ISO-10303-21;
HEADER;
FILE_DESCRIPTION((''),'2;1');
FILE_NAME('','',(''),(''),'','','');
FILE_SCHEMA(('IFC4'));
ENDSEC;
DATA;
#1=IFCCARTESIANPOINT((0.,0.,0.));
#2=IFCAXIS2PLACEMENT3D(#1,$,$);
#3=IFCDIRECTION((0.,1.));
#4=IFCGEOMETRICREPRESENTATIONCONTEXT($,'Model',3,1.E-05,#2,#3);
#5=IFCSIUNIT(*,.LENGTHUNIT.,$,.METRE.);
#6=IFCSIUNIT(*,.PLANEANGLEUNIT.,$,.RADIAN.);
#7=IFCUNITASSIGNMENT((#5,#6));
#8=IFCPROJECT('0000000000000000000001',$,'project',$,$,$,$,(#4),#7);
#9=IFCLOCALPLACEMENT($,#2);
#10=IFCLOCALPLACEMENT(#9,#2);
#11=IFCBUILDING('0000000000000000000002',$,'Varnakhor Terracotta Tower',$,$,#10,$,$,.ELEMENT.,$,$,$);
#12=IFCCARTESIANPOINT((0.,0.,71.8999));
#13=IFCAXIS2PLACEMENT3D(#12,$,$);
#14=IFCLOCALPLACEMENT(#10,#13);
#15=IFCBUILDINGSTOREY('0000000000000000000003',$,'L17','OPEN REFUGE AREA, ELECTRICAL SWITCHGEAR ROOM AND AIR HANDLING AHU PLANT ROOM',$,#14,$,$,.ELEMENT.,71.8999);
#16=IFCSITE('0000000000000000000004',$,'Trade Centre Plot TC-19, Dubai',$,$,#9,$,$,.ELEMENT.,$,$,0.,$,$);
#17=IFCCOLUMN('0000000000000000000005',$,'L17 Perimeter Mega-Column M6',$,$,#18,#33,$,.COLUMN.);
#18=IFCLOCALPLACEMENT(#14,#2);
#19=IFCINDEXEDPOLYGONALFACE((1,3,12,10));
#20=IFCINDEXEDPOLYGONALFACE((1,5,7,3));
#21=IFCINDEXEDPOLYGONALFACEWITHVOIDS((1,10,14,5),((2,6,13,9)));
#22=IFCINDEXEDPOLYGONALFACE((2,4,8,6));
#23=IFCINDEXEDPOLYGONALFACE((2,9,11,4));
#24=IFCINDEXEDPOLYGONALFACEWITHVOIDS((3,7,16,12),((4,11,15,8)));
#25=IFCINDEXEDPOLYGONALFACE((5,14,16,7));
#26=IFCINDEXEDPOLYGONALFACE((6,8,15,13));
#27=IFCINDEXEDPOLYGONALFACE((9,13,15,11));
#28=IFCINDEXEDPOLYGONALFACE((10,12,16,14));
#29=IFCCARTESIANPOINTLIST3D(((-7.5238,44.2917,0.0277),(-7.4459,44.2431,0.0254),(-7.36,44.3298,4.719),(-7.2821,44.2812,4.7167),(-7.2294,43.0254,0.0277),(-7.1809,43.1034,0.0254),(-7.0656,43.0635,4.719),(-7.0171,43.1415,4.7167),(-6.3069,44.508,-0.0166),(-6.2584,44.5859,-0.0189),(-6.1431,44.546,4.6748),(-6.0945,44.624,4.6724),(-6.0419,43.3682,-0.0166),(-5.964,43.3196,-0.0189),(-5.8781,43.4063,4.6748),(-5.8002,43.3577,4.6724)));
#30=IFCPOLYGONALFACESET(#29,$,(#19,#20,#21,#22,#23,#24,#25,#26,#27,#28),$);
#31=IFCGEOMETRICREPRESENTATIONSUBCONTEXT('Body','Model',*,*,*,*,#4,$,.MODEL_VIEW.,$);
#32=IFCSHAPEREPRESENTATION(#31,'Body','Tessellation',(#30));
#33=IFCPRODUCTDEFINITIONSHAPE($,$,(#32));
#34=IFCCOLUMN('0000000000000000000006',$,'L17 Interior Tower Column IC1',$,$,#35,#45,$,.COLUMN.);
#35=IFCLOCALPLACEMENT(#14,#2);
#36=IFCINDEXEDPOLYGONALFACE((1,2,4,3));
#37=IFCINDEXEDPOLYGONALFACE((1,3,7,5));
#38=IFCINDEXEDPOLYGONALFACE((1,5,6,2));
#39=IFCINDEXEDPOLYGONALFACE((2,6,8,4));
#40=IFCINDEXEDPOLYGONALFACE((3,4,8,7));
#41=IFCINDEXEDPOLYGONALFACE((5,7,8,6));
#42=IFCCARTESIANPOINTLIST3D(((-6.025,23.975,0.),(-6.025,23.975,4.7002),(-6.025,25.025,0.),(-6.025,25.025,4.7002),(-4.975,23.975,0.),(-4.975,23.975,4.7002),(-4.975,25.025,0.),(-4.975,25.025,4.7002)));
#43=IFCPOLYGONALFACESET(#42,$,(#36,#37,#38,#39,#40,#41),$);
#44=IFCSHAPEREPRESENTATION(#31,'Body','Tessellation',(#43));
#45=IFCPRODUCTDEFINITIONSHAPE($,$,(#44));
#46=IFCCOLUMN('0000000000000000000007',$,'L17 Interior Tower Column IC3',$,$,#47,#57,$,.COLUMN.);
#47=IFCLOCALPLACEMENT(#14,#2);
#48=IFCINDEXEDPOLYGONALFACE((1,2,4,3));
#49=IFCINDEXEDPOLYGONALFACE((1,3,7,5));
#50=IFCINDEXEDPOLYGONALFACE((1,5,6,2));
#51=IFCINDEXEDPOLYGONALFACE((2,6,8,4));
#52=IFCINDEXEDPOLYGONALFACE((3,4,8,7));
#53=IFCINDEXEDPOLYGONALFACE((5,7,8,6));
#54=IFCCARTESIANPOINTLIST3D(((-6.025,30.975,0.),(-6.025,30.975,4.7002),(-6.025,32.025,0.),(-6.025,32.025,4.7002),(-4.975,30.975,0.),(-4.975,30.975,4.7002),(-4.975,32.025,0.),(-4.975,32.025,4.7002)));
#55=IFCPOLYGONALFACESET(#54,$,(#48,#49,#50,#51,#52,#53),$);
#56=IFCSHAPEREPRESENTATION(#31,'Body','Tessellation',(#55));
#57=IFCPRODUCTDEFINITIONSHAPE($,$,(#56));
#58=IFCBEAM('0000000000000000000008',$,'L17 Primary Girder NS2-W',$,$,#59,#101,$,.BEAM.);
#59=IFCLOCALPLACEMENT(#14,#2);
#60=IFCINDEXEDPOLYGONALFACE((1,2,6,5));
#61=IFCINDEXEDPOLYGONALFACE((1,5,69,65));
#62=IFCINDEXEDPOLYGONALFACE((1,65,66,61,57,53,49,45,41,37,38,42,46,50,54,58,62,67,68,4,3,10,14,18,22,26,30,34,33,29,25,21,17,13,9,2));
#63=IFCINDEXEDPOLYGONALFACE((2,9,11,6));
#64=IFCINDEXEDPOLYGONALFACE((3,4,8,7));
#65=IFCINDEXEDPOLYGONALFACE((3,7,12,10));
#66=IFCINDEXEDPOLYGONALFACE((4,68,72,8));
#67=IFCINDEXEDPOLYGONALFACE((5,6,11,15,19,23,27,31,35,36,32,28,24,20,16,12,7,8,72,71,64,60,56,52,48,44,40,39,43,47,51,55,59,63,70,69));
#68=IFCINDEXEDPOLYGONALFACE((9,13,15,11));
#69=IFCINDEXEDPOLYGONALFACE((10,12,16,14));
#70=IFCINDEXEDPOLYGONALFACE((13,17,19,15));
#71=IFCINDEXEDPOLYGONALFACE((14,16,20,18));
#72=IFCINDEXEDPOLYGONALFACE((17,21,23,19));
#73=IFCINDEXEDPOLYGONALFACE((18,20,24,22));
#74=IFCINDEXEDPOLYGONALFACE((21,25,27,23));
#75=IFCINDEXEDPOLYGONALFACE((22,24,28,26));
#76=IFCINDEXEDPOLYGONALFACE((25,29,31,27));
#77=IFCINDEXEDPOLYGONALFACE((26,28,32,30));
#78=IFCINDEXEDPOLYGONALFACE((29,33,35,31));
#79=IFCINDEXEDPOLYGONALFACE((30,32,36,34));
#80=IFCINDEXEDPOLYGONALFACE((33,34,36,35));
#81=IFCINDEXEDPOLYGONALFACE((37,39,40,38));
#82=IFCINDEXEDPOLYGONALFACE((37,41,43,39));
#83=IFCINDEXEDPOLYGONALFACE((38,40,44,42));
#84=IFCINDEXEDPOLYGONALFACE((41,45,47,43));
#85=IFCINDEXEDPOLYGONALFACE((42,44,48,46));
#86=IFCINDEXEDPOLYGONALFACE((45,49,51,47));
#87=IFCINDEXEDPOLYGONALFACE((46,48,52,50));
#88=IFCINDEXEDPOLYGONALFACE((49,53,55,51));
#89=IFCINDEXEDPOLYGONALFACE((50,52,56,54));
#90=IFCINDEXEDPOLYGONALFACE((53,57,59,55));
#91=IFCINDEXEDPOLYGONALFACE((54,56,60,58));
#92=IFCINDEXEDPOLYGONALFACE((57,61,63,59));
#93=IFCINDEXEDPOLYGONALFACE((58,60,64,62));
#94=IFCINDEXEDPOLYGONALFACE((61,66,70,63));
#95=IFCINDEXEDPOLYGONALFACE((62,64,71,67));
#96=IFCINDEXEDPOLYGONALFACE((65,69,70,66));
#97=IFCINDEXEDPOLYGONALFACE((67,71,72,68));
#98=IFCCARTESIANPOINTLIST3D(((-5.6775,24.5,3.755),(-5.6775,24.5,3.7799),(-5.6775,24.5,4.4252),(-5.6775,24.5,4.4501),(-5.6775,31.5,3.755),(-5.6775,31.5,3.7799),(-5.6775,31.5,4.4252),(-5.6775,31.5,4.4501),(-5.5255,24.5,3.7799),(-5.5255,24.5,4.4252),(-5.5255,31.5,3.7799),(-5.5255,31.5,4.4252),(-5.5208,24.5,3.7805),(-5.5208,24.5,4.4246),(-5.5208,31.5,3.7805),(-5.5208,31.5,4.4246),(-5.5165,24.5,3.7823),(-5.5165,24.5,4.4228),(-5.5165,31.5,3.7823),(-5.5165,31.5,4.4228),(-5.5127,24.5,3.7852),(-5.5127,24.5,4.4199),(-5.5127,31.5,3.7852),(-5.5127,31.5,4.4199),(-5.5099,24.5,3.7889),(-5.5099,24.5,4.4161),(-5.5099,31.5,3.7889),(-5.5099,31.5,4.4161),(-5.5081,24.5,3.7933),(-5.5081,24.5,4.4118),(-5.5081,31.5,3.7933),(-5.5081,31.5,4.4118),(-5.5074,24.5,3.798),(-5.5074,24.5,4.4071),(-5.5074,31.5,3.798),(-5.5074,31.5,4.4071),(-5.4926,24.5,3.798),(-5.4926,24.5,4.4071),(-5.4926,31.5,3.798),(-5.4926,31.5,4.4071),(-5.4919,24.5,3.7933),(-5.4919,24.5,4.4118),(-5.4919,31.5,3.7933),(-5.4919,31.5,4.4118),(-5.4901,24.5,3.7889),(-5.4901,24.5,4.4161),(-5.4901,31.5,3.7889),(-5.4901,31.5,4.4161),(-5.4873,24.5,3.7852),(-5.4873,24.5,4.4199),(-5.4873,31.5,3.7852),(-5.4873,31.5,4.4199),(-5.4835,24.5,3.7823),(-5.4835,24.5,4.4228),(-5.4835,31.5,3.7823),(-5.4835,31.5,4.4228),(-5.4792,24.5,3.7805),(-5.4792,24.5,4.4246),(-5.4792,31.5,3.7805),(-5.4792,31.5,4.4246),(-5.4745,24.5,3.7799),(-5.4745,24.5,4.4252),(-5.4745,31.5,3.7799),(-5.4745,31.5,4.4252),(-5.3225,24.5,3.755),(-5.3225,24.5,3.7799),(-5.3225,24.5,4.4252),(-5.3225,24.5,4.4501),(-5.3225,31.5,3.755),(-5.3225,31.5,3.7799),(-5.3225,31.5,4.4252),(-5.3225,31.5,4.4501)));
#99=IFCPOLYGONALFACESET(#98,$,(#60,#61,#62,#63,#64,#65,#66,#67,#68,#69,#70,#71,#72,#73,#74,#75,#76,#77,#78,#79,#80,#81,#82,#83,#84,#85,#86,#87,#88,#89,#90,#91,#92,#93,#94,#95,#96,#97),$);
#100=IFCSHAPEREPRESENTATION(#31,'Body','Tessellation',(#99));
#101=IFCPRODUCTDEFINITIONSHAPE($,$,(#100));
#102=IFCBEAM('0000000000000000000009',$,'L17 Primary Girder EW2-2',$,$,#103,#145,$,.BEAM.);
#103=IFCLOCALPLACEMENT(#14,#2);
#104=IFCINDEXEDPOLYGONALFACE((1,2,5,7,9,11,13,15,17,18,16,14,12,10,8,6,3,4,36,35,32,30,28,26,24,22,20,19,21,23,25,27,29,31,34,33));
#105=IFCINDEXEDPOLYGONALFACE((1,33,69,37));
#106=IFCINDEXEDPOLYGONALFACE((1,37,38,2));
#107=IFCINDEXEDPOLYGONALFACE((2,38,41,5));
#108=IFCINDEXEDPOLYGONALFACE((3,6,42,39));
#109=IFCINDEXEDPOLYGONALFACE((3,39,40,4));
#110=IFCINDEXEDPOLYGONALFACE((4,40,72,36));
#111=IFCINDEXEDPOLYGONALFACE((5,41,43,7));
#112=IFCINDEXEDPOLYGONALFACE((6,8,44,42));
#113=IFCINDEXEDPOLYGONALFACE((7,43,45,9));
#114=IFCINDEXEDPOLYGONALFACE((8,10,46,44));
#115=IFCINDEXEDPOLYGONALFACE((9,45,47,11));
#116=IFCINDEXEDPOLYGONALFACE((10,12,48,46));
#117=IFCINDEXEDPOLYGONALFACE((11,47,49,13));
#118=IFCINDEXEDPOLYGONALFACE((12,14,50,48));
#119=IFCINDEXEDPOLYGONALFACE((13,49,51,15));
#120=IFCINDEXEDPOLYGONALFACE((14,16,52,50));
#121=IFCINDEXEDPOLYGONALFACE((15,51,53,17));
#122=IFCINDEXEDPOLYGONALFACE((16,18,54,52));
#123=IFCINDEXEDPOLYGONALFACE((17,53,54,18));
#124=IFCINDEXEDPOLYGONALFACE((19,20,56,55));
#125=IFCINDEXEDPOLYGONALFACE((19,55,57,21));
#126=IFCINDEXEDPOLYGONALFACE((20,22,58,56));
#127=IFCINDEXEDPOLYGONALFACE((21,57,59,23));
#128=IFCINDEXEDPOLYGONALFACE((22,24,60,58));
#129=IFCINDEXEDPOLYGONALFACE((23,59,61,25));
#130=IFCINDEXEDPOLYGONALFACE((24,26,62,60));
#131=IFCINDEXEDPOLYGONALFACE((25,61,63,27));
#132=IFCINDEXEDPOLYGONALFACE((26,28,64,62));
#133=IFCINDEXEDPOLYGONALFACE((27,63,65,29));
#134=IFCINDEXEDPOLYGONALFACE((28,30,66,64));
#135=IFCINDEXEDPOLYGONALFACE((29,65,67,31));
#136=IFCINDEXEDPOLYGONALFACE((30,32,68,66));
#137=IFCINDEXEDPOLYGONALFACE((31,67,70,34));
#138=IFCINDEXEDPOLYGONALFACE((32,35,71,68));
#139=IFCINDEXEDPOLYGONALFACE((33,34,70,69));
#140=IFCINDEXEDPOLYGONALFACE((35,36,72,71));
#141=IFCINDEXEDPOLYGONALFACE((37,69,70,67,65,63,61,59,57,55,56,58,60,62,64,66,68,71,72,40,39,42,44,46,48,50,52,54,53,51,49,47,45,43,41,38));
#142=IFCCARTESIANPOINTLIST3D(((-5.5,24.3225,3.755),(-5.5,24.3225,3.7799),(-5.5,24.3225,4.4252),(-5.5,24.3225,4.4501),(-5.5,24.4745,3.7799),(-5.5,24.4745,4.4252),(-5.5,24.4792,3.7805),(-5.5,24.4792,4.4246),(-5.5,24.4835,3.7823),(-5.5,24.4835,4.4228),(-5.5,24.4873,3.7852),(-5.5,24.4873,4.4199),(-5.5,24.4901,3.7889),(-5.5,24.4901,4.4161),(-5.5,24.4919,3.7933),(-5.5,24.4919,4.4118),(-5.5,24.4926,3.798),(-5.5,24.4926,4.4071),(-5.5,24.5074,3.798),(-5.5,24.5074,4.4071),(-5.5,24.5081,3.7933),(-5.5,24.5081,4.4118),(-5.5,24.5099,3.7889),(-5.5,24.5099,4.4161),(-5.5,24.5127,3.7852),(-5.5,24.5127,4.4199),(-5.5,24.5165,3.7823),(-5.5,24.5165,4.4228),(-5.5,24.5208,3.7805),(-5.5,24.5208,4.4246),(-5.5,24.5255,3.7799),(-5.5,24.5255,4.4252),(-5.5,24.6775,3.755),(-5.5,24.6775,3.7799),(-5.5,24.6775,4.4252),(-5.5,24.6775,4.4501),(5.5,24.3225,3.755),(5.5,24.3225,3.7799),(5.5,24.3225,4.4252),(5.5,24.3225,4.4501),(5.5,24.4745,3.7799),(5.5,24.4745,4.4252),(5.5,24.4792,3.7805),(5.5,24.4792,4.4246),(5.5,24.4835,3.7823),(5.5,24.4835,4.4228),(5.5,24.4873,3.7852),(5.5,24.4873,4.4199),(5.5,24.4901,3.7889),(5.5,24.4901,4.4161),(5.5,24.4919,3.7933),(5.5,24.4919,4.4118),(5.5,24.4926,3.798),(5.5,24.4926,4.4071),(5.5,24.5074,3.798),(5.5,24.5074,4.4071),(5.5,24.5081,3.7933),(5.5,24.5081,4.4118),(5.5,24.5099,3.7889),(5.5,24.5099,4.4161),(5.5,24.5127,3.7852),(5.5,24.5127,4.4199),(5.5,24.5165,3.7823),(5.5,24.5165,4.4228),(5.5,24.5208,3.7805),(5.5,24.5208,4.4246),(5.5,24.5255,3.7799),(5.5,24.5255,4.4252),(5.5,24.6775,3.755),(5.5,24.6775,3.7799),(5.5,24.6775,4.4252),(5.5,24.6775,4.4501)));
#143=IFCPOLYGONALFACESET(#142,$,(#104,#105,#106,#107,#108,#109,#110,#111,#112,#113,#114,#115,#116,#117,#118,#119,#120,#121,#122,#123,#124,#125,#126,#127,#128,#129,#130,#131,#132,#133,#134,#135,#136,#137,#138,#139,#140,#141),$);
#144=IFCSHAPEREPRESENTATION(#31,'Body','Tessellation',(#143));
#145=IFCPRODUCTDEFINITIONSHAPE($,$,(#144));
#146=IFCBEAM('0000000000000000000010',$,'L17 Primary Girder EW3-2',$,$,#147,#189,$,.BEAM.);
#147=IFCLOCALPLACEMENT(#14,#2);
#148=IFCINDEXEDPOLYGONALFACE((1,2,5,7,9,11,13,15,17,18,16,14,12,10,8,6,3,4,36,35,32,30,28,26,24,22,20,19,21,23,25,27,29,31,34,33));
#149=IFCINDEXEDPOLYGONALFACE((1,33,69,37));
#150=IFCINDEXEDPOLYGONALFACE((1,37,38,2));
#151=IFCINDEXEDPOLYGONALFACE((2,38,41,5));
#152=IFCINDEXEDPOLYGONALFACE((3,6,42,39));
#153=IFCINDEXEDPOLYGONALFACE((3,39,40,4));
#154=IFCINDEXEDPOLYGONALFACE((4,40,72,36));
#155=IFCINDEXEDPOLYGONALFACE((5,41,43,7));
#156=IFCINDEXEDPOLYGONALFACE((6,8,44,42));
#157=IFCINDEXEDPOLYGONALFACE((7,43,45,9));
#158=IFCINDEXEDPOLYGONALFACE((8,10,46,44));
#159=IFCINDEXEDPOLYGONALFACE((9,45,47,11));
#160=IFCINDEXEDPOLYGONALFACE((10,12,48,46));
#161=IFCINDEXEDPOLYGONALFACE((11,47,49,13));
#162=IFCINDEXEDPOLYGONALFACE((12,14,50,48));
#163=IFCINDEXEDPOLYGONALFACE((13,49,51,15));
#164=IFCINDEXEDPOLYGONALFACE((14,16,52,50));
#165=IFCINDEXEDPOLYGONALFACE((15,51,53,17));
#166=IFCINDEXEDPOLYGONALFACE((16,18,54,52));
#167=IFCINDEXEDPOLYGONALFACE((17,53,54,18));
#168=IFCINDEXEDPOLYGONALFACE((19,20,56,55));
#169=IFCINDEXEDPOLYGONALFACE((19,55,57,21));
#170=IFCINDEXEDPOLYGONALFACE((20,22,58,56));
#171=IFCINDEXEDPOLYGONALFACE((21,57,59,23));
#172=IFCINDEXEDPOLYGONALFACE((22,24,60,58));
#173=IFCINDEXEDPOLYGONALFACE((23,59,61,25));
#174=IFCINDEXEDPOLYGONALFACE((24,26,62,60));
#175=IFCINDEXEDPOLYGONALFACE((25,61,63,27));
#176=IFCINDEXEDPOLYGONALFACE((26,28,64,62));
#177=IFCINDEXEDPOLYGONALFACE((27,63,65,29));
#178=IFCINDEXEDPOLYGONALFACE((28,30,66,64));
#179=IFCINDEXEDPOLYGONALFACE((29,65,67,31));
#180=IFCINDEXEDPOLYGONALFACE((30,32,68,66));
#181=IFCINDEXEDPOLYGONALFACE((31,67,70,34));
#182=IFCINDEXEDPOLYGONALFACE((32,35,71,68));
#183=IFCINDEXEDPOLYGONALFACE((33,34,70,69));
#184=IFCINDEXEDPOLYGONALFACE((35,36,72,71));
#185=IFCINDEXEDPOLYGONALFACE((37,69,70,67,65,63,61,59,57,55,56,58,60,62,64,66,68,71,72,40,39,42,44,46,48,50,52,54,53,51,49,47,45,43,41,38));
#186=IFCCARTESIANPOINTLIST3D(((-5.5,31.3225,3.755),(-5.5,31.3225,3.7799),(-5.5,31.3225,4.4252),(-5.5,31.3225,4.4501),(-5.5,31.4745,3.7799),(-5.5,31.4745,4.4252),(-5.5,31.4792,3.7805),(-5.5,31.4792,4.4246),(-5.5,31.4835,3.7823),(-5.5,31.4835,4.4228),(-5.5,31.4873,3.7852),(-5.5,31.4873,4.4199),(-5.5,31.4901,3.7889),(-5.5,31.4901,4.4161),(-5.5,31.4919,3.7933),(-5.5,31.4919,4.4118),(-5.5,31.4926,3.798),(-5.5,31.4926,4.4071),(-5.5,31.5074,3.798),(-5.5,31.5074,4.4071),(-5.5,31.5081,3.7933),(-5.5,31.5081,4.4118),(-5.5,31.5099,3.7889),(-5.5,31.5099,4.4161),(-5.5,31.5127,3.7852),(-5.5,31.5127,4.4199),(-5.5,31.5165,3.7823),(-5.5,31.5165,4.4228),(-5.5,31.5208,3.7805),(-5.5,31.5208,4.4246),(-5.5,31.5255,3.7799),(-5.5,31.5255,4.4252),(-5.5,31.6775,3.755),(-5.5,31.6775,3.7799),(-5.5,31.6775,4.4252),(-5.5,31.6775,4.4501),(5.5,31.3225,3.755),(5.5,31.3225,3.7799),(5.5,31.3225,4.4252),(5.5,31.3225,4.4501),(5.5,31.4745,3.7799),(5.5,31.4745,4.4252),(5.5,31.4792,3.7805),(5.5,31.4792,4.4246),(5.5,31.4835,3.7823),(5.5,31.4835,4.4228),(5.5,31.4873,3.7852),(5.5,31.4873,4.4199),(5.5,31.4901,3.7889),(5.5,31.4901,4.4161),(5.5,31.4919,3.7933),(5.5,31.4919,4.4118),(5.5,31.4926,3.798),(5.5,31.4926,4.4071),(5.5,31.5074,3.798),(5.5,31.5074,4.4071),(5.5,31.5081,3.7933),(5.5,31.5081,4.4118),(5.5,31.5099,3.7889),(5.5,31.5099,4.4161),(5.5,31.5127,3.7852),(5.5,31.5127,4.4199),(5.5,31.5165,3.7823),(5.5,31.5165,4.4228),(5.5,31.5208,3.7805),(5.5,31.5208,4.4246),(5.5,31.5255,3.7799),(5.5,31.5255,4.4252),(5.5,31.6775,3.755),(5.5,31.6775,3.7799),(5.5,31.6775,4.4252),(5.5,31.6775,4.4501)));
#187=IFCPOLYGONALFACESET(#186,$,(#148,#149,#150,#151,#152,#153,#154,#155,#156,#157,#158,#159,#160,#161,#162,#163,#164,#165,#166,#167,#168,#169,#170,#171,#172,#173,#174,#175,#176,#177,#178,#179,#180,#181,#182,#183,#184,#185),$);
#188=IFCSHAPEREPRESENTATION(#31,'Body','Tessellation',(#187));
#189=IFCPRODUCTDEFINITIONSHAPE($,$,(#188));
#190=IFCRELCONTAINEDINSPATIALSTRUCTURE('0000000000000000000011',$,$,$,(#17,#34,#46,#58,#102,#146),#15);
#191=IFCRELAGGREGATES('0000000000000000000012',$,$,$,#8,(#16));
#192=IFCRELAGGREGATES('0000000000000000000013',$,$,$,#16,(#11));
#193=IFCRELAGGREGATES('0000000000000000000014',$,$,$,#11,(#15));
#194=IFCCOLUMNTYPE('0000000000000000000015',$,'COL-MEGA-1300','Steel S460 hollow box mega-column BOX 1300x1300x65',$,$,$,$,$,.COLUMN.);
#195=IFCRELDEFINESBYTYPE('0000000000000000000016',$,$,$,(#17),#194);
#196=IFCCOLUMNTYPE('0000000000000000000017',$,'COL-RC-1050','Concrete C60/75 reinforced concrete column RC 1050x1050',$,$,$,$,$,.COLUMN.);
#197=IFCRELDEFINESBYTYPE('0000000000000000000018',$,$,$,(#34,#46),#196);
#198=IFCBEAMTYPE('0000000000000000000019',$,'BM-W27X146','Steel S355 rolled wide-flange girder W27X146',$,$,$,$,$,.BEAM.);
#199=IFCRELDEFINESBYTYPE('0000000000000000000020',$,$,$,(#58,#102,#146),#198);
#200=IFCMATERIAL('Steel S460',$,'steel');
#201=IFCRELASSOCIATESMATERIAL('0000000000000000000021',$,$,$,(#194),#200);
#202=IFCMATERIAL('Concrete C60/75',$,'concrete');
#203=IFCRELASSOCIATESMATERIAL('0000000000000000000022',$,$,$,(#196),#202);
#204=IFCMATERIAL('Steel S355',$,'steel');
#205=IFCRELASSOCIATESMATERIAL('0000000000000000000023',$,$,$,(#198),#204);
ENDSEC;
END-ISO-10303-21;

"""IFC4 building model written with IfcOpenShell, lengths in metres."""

from ifc_helpers import new_model, si_unit, direction, frame, origin, origin_2d, place, context, subcontext, project, spatial, rectangle, hollow_rectangle, i_section, extrude, source, transform, mapped, material, material_profile, profile_set, type_object, element, save


model = new_model("IFC4")

# Units and contexts
model_context = context("Model", 3, precision=1e-05, world=origin(), true_north=direction((0.0, 1.0)))
body_context = subcontext(model_context, "Body", "Model", "MODEL_VIEW")
ifc_project = project(units=[si_unit("LENGTHUNIT", "METRE"), si_unit("PLANEANGLEUNIT", "RADIAN")], contexts=[model_context])

# Site, building, storey
site_placement = place(None, origin())
site = spatial("IfcSite", under=ifc_project, at=site_placement, Name="Trade Centre Plot TC-19, Dubai", CompositionType="ELEMENT", RefElevation=0.0)
building_placement = place(site_placement, origin())
building = spatial("IfcBuilding", under=site, at=building_placement, Name="Varnakhor Terracotta Tower", CompositionType="ELEMENT")
storey_placement = place(building_placement, frame((0.0, 0.0, 71.8999)))
storey = spatial("IfcBuildingStorey", under=building, at=storey_placement, Name="L17", Description="OPEN REFUGE AREA, ELECTRICAL SWITCHGEAR ROOM AND AIR HANDLING AHU PLANT ROOM", CompositionType="ELEMENT", Elevation=71.8999)

# Columns
ifc_material_1 = material(Name="Steel S460", Category="steel")
ifc_material_profile_1 = material_profile(ifc_material_1, hollow_rectangle(XDim=1.3, YDim=1.3, WallThickness=0.0649, at=origin_2d()), Name="BOX 1300x1300x65")
ifc_profile_set_1 = profile_set([ifc_material_profile_1], Name="Steel S460")
column_type_1 = type_object("IfcColumnType", Name="COL-MEGA-1300", Description="Steel S460 hollow box mega-column BOX 1300x1300x65", PredefinedType="COLUMN", material=ifc_profile_set_1)
shared_shape_1 = source(origin(), body_context, "Body", "SweptSolid", [
    extrude(hollow_rectangle(XDim=1.3, YDim=1.3, WallThickness=0.0649, at=origin_2d()), origin(), (0.0, 0.0, 1.0), 4.6943),
])
column_placement = place(storey_placement, frame((-6.7439, 43.8057, 0.0044), z_axis=(0.034896, 0.008113, 0.999358), x_axis=(-0.226449, 0.974023, 0.0)))
element("IfcColumn", 1, at=column_placement, inside=storey, type_object=column_type_1, Name="L17 Perimeter Mega-Column M6", PredefinedType="COLUMN", context=body_context, shape_type="MappedRepresentation", body=[
    mapped(shared_shape_1, transform((0.0, 0.0, 0.0), scale=1.0)),
])
ifc_material_2 = material(Name="Concrete C60/75", Category="concrete")
ifc_material_profile_2 = material_profile(ifc_material_2, rectangle(XDim=1.05, YDim=1.05, at=origin_2d()), Name="RC 1050x1050")
ifc_profile_set_2 = profile_set([ifc_material_profile_2], Name="Concrete C60/75")
column_type_2 = type_object("IfcColumnType", Name="COL-RC-1050", Description="Concrete C60/75 reinforced concrete column RC 1050x1050", PredefinedType="COLUMN", material=ifc_profile_set_2)
shared_shape_2 = source(origin(), body_context, "Body", "SweptSolid", [
    extrude(rectangle(XDim=1.05, YDim=1.05, at=origin_2d()), origin(), (0.0, 0.0, 1.0), 4.7002),
])
for number, where, z_axis, x_axis, name in (
    (2, (-5.5, 24.5, 0.0), (0.0, 0.0, 1.0), (1.0, 0.0, 0.0), "L17 Interior Tower Column IC1"),
    (3, (-5.5, 31.5, 0.0), (0.0, 0.0, 1.0), (1.0, 0.0, 0.0), "L17 Interior Tower Column IC3"),
):
    element("IfcColumn", number, at=place(storey_placement, frame(where, z_axis=z_axis, x_axis=x_axis)), inside=storey, type_object=column_type_2, Name=name, PredefinedType="COLUMN", context=body_context, shape_type="MappedRepresentation", body=[
        mapped(shared_shape_2, transform((0.0, 0.0, 0.0), scale=1.0)),
    ])

# Beams
ifc_material_3 = material(Name="Steel S355", Category="steel")
ifc_material_profile_3 = material_profile(ifc_material_3, i_section(OverallWidth=0.355, OverallDepth=0.6951, WebThickness=0.0149, FlangeThickness=0.0249, FilletRadius=0.0181, at=origin_2d()), Name="W27X146")
ifc_profile_set_3 = profile_set([ifc_material_profile_3], Name="Steel S355")
beam_type_1 = type_object("IfcBeamType", Name="BM-W27X146", Description="Steel S355 rolled wide-flange girder W27X146", PredefinedType="BEAM", material=ifc_profile_set_3)
shared_shape_3 = source(origin(), body_context, "Body", "SweptSolid", [
    extrude(i_section(OverallWidth=0.355, OverallDepth=0.6951, WebThickness=0.0149, FlangeThickness=0.0249, FilletRadius=0.0181, at=origin_2d()), origin(), (0.0, 0.0, 1.0), 7.0),
])
beam_1_placement = place(storey_placement, frame((-5.5, 24.5, 4.1025), z_axis=(0.0, 1.0, 0.0), x_axis=(-1.0, 0.0, 0.0)))
element("IfcBeam", 4, at=beam_1_placement, inside=storey, type_object=beam_type_1, Name="L17 Primary Girder NS2-W", PredefinedType="BEAM", context=body_context, shape_type="MappedRepresentation", body=[
    mapped(shared_shape_3, transform((0.0, 0.0, 0.0), scale=1.0)),
])
shared_shape_4 = source(origin(), body_context, "Body", "SweptSolid", [
    extrude(i_section(OverallWidth=0.355, OverallDepth=0.6951, WebThickness=0.0149, FlangeThickness=0.0249, FilletRadius=0.0181, at=origin_2d()), origin(), (0.0, 0.0, 1.0), 11.0),
])
for number, where, z_axis, x_axis, name in (
    (5, (-5.5, 24.5, 4.1025), (1.0, 0.0, 0.0), (0.0, 1.0, 0.0), "L17 Primary Girder EW2-2"),
    (6, (-5.5, 31.5, 4.1025), (1.0, 0.0, 0.0), (0.0, 1.0, 0.0), "L17 Primary Girder EW3-2"),
):
    element("IfcBeam", number, at=place(storey_placement, frame(where, z_axis=z_axis, x_axis=x_axis)), inside=storey, type_object=beam_type_1, Name=name, PredefinedType="BEAM", context=body_context, shape_type="MappedRepresentation", body=[
        mapped(shared_shape_4, transform((0.0, 0.0, 0.0), scale=1.0)),
    ])

save(model, "model.ifc")
